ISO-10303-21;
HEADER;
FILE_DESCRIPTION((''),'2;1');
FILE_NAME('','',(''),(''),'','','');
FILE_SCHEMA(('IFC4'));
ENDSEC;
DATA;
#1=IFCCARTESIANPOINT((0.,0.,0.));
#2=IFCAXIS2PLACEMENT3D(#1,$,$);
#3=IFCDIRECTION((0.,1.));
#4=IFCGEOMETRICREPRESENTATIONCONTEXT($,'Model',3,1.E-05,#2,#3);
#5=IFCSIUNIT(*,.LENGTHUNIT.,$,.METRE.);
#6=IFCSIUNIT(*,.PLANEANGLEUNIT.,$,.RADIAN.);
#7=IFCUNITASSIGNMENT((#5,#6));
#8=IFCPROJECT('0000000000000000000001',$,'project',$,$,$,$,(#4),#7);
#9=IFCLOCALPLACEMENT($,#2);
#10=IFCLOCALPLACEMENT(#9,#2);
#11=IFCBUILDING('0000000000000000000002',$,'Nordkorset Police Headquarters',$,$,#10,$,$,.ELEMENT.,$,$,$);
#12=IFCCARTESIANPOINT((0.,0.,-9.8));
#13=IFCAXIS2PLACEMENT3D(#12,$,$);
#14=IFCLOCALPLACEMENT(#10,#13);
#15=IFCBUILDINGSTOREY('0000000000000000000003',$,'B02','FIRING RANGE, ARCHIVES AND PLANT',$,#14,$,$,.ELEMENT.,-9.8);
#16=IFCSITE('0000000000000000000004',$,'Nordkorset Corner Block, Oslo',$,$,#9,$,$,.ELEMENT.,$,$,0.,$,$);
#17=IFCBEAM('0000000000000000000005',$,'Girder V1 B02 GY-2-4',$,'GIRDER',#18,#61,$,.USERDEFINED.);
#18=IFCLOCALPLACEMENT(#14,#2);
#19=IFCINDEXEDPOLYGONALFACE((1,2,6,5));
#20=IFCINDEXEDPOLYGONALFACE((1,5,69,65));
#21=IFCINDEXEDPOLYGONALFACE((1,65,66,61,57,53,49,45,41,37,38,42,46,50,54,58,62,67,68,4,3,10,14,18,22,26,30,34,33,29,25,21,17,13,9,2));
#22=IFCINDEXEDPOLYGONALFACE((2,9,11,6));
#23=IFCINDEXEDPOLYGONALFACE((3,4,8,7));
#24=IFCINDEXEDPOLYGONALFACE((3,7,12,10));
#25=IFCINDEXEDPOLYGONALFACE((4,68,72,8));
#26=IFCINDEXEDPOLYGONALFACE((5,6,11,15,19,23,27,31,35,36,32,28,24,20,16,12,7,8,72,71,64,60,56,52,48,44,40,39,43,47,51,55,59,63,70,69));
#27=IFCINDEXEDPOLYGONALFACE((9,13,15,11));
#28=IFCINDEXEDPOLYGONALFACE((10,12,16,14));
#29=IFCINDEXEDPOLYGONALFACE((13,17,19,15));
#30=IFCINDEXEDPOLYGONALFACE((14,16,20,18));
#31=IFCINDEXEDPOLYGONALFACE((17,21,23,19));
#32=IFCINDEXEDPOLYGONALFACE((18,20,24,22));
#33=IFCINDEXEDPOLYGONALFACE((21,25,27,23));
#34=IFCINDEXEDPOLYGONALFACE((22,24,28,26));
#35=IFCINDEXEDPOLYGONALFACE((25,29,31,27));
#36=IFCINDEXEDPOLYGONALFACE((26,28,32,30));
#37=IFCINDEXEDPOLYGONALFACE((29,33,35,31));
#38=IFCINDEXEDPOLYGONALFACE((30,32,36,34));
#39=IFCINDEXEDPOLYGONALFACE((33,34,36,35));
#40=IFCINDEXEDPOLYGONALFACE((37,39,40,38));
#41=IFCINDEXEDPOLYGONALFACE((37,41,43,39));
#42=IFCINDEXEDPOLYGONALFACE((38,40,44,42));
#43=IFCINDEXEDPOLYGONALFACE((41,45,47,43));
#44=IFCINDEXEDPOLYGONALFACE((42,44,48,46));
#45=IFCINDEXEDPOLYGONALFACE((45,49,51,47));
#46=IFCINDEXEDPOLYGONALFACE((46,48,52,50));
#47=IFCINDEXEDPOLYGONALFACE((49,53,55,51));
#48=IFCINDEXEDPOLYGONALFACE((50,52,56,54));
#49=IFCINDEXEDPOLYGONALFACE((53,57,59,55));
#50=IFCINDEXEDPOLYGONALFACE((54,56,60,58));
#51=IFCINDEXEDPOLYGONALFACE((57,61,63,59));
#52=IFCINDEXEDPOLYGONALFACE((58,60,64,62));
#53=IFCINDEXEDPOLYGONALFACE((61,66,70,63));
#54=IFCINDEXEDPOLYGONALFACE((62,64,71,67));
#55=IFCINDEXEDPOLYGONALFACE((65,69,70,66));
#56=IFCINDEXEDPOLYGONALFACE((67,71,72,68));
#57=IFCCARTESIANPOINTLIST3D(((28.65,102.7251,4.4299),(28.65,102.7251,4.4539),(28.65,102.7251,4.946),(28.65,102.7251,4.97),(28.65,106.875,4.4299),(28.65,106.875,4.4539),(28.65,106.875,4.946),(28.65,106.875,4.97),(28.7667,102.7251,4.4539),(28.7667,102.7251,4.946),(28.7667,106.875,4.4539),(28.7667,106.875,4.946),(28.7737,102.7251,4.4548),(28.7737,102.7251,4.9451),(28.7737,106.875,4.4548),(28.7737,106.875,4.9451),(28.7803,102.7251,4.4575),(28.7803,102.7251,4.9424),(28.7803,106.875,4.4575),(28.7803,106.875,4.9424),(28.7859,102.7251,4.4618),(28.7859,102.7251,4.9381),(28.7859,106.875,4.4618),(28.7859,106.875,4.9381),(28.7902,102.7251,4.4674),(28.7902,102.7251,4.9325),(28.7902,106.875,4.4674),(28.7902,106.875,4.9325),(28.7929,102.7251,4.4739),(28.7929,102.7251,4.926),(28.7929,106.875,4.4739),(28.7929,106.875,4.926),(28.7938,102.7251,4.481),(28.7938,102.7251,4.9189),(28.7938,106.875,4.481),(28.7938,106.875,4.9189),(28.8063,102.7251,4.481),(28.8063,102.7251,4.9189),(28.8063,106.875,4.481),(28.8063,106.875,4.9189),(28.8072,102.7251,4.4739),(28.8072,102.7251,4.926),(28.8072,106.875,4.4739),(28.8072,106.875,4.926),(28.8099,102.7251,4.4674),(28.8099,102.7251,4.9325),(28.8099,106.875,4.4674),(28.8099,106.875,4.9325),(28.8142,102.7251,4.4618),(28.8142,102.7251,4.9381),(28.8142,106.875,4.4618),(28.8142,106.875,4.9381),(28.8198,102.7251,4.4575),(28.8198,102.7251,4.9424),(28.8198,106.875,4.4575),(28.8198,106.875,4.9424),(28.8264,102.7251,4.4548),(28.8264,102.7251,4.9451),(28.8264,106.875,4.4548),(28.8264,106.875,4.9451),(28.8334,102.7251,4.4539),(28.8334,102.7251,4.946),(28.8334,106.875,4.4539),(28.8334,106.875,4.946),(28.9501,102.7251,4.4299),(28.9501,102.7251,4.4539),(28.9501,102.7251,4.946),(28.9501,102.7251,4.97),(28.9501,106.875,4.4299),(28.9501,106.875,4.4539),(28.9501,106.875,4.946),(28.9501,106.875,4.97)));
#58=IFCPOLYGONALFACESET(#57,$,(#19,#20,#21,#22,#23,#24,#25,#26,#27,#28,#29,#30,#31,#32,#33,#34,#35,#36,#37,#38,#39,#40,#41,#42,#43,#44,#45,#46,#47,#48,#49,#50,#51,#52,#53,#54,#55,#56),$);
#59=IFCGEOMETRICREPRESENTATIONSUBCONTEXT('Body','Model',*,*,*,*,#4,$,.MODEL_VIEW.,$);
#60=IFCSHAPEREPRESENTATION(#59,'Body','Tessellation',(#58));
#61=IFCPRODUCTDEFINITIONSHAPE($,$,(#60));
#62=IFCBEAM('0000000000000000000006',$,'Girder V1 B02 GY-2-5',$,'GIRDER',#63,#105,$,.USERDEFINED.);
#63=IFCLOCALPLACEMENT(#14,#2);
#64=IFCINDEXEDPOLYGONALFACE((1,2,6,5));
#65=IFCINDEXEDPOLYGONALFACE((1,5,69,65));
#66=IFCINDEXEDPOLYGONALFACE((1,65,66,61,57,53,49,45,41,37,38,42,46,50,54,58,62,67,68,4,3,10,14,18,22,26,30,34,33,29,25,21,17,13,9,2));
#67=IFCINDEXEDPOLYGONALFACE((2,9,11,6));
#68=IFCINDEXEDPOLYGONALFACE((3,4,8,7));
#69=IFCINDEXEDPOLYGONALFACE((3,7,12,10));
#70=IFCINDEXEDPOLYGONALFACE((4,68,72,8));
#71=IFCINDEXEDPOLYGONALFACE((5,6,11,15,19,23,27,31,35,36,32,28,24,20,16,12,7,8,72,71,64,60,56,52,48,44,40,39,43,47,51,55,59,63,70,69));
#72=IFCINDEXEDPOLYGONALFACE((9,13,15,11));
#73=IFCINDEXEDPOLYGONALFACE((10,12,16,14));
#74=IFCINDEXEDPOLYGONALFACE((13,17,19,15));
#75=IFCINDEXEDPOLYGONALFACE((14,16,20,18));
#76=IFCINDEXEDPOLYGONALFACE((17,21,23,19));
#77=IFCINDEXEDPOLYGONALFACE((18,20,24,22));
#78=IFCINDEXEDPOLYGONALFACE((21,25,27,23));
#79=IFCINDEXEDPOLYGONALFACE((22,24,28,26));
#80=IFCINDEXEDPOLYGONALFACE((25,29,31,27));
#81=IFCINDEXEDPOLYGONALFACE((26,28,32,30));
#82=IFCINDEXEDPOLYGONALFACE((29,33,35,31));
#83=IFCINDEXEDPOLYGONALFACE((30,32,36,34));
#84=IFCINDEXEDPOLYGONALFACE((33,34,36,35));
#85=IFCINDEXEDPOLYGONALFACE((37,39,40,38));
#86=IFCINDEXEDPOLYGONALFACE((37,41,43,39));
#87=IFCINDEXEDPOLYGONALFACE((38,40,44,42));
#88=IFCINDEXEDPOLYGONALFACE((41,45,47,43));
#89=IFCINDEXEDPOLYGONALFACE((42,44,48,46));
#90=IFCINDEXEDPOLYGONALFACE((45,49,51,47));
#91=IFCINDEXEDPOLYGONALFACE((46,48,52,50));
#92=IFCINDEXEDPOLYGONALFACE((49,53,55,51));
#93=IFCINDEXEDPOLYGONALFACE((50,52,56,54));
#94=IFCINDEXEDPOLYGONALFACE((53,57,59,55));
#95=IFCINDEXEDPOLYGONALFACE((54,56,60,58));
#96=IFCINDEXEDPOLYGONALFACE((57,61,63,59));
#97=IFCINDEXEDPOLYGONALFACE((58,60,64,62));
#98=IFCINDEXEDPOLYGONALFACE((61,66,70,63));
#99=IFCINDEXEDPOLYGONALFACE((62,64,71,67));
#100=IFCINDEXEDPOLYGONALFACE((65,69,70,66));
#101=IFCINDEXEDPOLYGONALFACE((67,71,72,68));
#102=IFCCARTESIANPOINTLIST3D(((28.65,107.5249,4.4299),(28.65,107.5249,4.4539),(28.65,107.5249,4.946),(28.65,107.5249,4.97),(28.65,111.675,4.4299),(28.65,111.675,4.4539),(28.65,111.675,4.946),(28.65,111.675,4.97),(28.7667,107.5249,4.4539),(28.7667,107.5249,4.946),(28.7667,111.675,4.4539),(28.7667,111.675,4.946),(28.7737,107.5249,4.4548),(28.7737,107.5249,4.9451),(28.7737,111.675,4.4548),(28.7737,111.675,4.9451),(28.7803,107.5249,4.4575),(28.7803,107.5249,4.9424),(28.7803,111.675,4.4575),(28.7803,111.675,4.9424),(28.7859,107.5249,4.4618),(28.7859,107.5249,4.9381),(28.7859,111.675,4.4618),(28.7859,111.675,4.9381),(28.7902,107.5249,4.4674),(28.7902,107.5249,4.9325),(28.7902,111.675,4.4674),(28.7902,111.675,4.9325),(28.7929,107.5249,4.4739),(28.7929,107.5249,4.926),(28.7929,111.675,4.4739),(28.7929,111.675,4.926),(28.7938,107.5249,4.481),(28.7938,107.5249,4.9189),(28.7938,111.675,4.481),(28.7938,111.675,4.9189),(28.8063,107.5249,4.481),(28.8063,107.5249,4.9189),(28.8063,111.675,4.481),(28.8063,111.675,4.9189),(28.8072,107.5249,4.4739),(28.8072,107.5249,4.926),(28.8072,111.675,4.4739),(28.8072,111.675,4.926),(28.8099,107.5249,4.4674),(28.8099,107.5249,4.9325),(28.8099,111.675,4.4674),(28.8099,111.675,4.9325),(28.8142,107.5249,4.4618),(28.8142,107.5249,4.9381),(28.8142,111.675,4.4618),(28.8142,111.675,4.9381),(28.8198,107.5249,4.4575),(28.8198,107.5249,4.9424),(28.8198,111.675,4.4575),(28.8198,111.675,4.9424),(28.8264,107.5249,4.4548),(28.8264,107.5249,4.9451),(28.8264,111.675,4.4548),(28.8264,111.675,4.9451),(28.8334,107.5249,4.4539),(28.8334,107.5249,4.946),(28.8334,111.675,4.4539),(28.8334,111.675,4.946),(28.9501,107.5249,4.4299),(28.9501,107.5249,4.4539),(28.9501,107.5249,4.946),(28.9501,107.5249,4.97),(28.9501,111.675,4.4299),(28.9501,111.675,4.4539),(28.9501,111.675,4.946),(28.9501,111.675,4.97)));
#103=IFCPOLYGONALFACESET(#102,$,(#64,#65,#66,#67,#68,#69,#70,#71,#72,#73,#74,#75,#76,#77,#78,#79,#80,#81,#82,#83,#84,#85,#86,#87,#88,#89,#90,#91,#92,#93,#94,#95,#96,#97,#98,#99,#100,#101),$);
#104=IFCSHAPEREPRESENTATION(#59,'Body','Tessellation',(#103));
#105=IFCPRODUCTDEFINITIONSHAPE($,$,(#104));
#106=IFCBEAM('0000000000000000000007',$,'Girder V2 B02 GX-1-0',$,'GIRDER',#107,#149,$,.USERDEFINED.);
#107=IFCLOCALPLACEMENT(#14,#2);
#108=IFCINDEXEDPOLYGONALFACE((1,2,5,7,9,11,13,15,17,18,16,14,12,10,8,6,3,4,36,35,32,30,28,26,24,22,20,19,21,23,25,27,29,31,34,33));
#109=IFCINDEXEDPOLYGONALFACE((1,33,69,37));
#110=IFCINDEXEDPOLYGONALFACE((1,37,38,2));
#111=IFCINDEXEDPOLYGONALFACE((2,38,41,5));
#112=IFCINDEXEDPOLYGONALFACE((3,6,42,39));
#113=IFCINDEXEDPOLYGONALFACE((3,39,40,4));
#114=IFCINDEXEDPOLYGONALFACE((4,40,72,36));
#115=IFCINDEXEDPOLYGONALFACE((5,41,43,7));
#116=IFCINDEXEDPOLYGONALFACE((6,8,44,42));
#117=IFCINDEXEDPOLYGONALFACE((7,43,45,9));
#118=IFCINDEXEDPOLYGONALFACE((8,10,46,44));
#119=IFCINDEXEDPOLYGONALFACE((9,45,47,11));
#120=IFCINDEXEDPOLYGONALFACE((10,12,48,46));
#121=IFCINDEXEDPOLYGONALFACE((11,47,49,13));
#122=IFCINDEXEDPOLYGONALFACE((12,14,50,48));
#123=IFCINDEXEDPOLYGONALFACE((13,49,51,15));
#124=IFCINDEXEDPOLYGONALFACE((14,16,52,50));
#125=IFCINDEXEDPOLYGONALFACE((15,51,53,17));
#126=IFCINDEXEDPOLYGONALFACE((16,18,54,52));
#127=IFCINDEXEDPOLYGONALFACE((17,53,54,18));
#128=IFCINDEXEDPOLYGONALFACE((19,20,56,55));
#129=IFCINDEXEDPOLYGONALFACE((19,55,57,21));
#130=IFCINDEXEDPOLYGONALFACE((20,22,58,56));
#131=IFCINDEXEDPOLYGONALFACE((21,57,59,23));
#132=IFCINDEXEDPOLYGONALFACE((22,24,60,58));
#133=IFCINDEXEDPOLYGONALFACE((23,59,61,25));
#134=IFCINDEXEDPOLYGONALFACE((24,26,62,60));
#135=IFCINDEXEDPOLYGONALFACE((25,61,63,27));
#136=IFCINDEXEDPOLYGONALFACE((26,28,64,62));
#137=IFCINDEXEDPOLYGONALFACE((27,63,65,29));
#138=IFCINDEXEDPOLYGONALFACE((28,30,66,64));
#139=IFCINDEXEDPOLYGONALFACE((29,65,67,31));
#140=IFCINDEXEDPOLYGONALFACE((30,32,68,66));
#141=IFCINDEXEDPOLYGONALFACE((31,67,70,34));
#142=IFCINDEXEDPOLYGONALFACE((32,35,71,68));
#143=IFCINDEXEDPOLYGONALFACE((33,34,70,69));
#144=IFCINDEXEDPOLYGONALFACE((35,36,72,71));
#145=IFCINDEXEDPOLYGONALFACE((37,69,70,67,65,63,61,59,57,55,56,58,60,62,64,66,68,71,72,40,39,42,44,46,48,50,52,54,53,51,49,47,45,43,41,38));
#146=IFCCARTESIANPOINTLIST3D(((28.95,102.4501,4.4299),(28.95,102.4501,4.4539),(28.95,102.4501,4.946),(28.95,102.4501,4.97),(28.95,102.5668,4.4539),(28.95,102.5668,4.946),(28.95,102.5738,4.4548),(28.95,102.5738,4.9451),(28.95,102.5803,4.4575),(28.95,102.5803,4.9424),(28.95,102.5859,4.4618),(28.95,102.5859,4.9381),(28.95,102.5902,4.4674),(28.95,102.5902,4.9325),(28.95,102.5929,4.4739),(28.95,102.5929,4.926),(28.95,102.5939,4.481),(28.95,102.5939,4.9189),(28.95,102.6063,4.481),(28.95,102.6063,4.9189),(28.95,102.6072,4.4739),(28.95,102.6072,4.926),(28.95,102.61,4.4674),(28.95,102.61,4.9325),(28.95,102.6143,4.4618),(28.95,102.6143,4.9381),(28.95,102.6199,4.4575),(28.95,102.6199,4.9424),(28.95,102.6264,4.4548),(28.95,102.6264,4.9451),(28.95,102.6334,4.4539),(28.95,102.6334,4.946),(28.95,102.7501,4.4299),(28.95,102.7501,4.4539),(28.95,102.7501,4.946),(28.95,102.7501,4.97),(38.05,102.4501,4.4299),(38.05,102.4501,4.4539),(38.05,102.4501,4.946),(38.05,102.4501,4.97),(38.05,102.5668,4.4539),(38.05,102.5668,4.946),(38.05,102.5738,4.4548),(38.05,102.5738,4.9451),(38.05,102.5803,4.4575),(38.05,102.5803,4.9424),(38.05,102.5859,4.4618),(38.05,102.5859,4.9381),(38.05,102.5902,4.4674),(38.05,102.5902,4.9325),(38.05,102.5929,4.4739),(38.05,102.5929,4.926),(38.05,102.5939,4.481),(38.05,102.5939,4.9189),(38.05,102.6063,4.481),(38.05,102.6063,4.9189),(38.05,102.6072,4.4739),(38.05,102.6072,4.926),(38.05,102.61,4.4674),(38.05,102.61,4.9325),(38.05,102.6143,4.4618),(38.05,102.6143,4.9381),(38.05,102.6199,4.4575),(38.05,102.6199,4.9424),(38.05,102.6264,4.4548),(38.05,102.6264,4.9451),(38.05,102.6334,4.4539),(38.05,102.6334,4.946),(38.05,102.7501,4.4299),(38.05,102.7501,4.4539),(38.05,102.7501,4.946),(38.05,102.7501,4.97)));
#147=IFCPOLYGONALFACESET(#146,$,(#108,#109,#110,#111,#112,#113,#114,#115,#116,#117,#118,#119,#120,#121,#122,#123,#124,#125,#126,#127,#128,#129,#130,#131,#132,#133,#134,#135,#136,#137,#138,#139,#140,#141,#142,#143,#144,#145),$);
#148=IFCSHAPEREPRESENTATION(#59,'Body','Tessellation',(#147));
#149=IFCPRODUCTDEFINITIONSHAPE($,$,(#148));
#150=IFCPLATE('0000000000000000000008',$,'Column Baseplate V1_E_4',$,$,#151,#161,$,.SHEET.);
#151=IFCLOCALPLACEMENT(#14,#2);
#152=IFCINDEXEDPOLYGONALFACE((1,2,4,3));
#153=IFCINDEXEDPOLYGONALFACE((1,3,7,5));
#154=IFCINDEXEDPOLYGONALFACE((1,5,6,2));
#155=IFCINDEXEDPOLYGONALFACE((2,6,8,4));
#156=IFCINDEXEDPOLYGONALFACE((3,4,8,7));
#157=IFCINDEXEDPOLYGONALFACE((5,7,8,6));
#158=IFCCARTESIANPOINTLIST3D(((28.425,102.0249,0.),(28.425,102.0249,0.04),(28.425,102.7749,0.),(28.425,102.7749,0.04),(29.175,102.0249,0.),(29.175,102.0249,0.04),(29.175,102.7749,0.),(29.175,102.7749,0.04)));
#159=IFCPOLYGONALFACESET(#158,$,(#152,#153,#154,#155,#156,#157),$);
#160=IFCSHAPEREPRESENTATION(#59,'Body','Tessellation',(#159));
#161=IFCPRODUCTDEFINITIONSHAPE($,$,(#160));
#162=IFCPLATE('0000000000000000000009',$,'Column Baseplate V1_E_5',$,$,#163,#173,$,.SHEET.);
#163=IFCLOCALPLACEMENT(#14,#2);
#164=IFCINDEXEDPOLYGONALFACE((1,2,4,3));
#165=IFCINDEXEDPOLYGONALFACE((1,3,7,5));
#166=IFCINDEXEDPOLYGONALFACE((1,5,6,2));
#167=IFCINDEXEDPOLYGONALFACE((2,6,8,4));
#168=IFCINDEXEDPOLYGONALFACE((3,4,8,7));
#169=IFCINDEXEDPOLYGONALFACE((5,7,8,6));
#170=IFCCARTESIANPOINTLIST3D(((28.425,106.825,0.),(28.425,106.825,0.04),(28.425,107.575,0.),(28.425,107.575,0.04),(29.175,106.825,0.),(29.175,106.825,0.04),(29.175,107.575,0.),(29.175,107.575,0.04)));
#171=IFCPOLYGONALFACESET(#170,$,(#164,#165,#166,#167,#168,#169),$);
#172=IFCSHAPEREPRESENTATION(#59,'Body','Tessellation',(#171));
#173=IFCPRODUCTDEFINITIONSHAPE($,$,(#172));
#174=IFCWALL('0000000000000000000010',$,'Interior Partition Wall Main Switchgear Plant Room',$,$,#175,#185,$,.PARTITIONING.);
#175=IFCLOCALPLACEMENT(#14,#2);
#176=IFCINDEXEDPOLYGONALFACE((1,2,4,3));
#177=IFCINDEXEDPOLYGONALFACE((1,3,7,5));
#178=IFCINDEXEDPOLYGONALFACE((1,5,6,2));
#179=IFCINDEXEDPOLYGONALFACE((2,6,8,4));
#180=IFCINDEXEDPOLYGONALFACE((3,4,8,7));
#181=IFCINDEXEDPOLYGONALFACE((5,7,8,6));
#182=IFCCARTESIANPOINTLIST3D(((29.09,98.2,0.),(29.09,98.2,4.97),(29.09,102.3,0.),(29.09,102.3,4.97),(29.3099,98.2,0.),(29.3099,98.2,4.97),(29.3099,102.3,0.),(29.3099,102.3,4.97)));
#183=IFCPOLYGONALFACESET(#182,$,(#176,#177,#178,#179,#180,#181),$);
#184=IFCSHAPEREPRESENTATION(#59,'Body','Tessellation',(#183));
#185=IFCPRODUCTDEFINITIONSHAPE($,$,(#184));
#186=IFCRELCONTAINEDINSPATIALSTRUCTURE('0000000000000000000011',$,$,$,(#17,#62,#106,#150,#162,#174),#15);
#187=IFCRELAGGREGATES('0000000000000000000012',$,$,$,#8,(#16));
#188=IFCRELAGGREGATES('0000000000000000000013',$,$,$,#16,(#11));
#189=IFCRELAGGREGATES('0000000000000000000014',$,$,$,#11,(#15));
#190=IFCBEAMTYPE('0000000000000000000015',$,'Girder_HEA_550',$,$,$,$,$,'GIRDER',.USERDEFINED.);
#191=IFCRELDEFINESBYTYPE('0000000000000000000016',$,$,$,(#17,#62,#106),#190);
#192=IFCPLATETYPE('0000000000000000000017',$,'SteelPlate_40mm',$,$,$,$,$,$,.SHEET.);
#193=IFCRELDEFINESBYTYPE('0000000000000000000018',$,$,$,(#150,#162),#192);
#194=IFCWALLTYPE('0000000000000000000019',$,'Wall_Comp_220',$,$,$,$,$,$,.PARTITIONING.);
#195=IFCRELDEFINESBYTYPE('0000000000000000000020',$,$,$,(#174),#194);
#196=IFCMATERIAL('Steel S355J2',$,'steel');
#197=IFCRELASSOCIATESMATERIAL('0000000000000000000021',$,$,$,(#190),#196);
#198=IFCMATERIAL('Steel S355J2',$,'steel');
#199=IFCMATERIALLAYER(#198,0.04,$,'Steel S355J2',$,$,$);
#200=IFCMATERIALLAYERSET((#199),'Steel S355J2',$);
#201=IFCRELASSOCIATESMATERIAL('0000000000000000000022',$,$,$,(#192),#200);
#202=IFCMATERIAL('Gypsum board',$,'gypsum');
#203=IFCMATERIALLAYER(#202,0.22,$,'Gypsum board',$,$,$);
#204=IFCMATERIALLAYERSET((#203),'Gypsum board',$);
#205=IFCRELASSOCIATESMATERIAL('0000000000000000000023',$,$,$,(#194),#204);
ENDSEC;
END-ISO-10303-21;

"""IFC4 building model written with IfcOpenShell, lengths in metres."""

from ifc_helpers import new_model, si_unit, direction, frame, frame_2d, origin, origin_2d, place, context, subcontext, project, spatial, rectangle, i_section, extrude, material, layer, layer_set, material_profile, profile_set, type_object, element, save


model = new_model("IFC4")

# Units and contexts
model_context = context("Model", 3, precision=1e-05, world=origin(), true_north=direction((0.0, 1.0)))
body_context = subcontext(model_context, "Body", "Model", "MODEL_VIEW")
ifc_project = project(units=[si_unit("LENGTHUNIT", "METRE"), si_unit("PLANEANGLEUNIT", "RADIAN")], contexts=[model_context])

# Site, building, storey
site_placement = place(None, origin())
site = spatial("IfcSite", under=ifc_project, at=site_placement, Name="Nordkorset Corner Block, Oslo", CompositionType="ELEMENT", RefElevation=0.0)
building_placement = place(site_placement, origin())
building = spatial("IfcBuilding", under=site, at=building_placement, Name="Nordkorset Police Headquarters", CompositionType="ELEMENT")
storey_placement = place(building_placement, frame((0.0, 0.0, -9.8)))
storey = spatial("IfcBuildingStorey", under=building, at=storey_placement, Name="B02", Description="FIRING RANGE, ARCHIVES AND PLANT", CompositionType="ELEMENT", Elevation=-9.8)

# Beams
ifc_material_1 = material(Name="Steel S355J2", Category="steel")
ifc_material_profile_1 = material_profile(ifc_material_1, i_section(OverallWidth=0.3, OverallDepth=0.54, WebThickness=0.0125, FlangeThickness=0.0239, FilletRadius=0.0271, at=origin_2d()), Name="HEA 550")
ifc_profile_set_1 = profile_set([ifc_material_profile_1], Name="Steel S355J2")
beam_type_1 = type_object("IfcBeamType", Name="Girder_HEA_550", ElementType="GIRDER", PredefinedType="USERDEFINED", material=ifc_profile_set_1)
beam_1_placement = place(storey_placement, frame((28.8, 102.7251, 4.7), z_axis=(0.0, 1.0, 0.0), x_axis=(-1.0, 0.0, 0.0)))
element("IfcBeam", 1, at=beam_1_placement, inside=storey, type_object=beam_type_1, Name="Girder V1 B02 GY-2-4", ObjectType="GIRDER", PredefinedType="USERDEFINED", context=body_context, shape_type="SweptSolid", body=[
    extrude(i_section(OverallWidth=0.3, OverallDepth=0.54, WebThickness=0.0125, FlangeThickness=0.0239, FilletRadius=0.0271, at=origin_2d()), origin(), (0.0, 0.0, 1.0), 4.1499),
])
beam_2_placement = place(storey_placement, frame((28.8, 107.5249, 4.7), z_axis=(0.0, 1.0, 0.0), x_axis=(-1.0, 0.0, 0.0)))
element("IfcBeam", 2, at=beam_2_placement, inside=storey, type_object=beam_type_1, Name="Girder V1 B02 GY-2-5", ObjectType="GIRDER", PredefinedType="USERDEFINED", context=body_context, shape_type="SweptSolid", body=[
    extrude(i_section(OverallWidth=0.3, OverallDepth=0.54, WebThickness=0.0125, FlangeThickness=0.0239, FilletRadius=0.0271, at=origin_2d()), origin(), (0.0, 0.0, 1.0), 4.1501),
])
beam_3_placement = place(storey_placement, frame((28.95, 102.6001, 4.7), z_axis=(1.0, 0.0, 0.0), x_axis=(0.0, 1.0, 0.0)))
element("IfcBeam", 3, at=beam_3_placement, inside=storey, type_object=beam_type_1, Name="Girder V2 B02 GX-1-0", ObjectType="GIRDER", PredefinedType="USERDEFINED", context=body_context, shape_type="SweptSolid", body=[
    extrude(i_section(OverallWidth=0.3, OverallDepth=0.54, WebThickness=0.0125, FlangeThickness=0.0239, FilletRadius=0.0271, at=origin_2d()), origin(), (0.0, 0.0, 1.0), 9.1001),
])

# Plates
ifc_material_2 = material(Name="Steel S355J2", Category="steel")
ifc_layer_1 = layer(ifc_material_2, 0.04, Name="Steel S355J2")
ifc_layer_set_1 = layer_set([ifc_layer_1], Name="Steel S355J2")
plate_type = type_object("IfcPlateType", Name="SteelPlate_40mm", PredefinedType="SHEET", material=ifc_layer_set_1)
for number, where, z_axis, x_axis, name in (
    (4, (28.8, 102.3999, 0.0), (0.0, 0.0, 1.0), (1.0, 0.0, 0.0), "Column Baseplate V1_E_4"),
    (5, (28.8, 107.2, 0.0), (0.0, 0.0, 1.0), (1.0, 0.0, 0.0), "Column Baseplate V1_E_5"),
):
    element("IfcPlate", number, at=place(storey_placement, frame(where, z_axis=z_axis, x_axis=x_axis)), inside=storey, type_object=plate_type, Name=name, PredefinedType="SHEET", context=body_context, shape_type="SweptSolid", body=[
        extrude(rectangle(XDim=0.75, YDim=0.75, at=origin_2d()), origin(), (0.0, 0.0, 1.0), 0.04),
    ])

# Wall
ifc_material_3 = material(Name="Gypsum board", Category="gypsum")
ifc_layer_2 = layer(ifc_material_3, 0.22, Name="Gypsum board")
ifc_layer_set_2 = layer_set([ifc_layer_2], Name="Gypsum board")
wall_type = type_object("IfcWallType", Name="Wall_Comp_220", PredefinedType="PARTITIONING", material=ifc_layer_set_2)
wall_placement = place(storey_placement, frame((29.2, 102.3, 0.0), z_axis=(0.0, 0.0, 1.0), x_axis=(0.0, -1.0, 0.0)))
element("IfcWall", 6, at=wall_placement, inside=storey, type_object=wall_type, Name="Interior Partition Wall Main Switchgear Plant Room", PredefinedType="PARTITIONING", context=body_context, shape_type="SweptSolid", body=[
    extrude(rectangle(XDim=4.1001, YDim=0.22, at=frame_2d((2.05, 0.0))), origin(), (0.0, 0.0, 1.0), 4.97),
])

save(model, "model.ifc")
